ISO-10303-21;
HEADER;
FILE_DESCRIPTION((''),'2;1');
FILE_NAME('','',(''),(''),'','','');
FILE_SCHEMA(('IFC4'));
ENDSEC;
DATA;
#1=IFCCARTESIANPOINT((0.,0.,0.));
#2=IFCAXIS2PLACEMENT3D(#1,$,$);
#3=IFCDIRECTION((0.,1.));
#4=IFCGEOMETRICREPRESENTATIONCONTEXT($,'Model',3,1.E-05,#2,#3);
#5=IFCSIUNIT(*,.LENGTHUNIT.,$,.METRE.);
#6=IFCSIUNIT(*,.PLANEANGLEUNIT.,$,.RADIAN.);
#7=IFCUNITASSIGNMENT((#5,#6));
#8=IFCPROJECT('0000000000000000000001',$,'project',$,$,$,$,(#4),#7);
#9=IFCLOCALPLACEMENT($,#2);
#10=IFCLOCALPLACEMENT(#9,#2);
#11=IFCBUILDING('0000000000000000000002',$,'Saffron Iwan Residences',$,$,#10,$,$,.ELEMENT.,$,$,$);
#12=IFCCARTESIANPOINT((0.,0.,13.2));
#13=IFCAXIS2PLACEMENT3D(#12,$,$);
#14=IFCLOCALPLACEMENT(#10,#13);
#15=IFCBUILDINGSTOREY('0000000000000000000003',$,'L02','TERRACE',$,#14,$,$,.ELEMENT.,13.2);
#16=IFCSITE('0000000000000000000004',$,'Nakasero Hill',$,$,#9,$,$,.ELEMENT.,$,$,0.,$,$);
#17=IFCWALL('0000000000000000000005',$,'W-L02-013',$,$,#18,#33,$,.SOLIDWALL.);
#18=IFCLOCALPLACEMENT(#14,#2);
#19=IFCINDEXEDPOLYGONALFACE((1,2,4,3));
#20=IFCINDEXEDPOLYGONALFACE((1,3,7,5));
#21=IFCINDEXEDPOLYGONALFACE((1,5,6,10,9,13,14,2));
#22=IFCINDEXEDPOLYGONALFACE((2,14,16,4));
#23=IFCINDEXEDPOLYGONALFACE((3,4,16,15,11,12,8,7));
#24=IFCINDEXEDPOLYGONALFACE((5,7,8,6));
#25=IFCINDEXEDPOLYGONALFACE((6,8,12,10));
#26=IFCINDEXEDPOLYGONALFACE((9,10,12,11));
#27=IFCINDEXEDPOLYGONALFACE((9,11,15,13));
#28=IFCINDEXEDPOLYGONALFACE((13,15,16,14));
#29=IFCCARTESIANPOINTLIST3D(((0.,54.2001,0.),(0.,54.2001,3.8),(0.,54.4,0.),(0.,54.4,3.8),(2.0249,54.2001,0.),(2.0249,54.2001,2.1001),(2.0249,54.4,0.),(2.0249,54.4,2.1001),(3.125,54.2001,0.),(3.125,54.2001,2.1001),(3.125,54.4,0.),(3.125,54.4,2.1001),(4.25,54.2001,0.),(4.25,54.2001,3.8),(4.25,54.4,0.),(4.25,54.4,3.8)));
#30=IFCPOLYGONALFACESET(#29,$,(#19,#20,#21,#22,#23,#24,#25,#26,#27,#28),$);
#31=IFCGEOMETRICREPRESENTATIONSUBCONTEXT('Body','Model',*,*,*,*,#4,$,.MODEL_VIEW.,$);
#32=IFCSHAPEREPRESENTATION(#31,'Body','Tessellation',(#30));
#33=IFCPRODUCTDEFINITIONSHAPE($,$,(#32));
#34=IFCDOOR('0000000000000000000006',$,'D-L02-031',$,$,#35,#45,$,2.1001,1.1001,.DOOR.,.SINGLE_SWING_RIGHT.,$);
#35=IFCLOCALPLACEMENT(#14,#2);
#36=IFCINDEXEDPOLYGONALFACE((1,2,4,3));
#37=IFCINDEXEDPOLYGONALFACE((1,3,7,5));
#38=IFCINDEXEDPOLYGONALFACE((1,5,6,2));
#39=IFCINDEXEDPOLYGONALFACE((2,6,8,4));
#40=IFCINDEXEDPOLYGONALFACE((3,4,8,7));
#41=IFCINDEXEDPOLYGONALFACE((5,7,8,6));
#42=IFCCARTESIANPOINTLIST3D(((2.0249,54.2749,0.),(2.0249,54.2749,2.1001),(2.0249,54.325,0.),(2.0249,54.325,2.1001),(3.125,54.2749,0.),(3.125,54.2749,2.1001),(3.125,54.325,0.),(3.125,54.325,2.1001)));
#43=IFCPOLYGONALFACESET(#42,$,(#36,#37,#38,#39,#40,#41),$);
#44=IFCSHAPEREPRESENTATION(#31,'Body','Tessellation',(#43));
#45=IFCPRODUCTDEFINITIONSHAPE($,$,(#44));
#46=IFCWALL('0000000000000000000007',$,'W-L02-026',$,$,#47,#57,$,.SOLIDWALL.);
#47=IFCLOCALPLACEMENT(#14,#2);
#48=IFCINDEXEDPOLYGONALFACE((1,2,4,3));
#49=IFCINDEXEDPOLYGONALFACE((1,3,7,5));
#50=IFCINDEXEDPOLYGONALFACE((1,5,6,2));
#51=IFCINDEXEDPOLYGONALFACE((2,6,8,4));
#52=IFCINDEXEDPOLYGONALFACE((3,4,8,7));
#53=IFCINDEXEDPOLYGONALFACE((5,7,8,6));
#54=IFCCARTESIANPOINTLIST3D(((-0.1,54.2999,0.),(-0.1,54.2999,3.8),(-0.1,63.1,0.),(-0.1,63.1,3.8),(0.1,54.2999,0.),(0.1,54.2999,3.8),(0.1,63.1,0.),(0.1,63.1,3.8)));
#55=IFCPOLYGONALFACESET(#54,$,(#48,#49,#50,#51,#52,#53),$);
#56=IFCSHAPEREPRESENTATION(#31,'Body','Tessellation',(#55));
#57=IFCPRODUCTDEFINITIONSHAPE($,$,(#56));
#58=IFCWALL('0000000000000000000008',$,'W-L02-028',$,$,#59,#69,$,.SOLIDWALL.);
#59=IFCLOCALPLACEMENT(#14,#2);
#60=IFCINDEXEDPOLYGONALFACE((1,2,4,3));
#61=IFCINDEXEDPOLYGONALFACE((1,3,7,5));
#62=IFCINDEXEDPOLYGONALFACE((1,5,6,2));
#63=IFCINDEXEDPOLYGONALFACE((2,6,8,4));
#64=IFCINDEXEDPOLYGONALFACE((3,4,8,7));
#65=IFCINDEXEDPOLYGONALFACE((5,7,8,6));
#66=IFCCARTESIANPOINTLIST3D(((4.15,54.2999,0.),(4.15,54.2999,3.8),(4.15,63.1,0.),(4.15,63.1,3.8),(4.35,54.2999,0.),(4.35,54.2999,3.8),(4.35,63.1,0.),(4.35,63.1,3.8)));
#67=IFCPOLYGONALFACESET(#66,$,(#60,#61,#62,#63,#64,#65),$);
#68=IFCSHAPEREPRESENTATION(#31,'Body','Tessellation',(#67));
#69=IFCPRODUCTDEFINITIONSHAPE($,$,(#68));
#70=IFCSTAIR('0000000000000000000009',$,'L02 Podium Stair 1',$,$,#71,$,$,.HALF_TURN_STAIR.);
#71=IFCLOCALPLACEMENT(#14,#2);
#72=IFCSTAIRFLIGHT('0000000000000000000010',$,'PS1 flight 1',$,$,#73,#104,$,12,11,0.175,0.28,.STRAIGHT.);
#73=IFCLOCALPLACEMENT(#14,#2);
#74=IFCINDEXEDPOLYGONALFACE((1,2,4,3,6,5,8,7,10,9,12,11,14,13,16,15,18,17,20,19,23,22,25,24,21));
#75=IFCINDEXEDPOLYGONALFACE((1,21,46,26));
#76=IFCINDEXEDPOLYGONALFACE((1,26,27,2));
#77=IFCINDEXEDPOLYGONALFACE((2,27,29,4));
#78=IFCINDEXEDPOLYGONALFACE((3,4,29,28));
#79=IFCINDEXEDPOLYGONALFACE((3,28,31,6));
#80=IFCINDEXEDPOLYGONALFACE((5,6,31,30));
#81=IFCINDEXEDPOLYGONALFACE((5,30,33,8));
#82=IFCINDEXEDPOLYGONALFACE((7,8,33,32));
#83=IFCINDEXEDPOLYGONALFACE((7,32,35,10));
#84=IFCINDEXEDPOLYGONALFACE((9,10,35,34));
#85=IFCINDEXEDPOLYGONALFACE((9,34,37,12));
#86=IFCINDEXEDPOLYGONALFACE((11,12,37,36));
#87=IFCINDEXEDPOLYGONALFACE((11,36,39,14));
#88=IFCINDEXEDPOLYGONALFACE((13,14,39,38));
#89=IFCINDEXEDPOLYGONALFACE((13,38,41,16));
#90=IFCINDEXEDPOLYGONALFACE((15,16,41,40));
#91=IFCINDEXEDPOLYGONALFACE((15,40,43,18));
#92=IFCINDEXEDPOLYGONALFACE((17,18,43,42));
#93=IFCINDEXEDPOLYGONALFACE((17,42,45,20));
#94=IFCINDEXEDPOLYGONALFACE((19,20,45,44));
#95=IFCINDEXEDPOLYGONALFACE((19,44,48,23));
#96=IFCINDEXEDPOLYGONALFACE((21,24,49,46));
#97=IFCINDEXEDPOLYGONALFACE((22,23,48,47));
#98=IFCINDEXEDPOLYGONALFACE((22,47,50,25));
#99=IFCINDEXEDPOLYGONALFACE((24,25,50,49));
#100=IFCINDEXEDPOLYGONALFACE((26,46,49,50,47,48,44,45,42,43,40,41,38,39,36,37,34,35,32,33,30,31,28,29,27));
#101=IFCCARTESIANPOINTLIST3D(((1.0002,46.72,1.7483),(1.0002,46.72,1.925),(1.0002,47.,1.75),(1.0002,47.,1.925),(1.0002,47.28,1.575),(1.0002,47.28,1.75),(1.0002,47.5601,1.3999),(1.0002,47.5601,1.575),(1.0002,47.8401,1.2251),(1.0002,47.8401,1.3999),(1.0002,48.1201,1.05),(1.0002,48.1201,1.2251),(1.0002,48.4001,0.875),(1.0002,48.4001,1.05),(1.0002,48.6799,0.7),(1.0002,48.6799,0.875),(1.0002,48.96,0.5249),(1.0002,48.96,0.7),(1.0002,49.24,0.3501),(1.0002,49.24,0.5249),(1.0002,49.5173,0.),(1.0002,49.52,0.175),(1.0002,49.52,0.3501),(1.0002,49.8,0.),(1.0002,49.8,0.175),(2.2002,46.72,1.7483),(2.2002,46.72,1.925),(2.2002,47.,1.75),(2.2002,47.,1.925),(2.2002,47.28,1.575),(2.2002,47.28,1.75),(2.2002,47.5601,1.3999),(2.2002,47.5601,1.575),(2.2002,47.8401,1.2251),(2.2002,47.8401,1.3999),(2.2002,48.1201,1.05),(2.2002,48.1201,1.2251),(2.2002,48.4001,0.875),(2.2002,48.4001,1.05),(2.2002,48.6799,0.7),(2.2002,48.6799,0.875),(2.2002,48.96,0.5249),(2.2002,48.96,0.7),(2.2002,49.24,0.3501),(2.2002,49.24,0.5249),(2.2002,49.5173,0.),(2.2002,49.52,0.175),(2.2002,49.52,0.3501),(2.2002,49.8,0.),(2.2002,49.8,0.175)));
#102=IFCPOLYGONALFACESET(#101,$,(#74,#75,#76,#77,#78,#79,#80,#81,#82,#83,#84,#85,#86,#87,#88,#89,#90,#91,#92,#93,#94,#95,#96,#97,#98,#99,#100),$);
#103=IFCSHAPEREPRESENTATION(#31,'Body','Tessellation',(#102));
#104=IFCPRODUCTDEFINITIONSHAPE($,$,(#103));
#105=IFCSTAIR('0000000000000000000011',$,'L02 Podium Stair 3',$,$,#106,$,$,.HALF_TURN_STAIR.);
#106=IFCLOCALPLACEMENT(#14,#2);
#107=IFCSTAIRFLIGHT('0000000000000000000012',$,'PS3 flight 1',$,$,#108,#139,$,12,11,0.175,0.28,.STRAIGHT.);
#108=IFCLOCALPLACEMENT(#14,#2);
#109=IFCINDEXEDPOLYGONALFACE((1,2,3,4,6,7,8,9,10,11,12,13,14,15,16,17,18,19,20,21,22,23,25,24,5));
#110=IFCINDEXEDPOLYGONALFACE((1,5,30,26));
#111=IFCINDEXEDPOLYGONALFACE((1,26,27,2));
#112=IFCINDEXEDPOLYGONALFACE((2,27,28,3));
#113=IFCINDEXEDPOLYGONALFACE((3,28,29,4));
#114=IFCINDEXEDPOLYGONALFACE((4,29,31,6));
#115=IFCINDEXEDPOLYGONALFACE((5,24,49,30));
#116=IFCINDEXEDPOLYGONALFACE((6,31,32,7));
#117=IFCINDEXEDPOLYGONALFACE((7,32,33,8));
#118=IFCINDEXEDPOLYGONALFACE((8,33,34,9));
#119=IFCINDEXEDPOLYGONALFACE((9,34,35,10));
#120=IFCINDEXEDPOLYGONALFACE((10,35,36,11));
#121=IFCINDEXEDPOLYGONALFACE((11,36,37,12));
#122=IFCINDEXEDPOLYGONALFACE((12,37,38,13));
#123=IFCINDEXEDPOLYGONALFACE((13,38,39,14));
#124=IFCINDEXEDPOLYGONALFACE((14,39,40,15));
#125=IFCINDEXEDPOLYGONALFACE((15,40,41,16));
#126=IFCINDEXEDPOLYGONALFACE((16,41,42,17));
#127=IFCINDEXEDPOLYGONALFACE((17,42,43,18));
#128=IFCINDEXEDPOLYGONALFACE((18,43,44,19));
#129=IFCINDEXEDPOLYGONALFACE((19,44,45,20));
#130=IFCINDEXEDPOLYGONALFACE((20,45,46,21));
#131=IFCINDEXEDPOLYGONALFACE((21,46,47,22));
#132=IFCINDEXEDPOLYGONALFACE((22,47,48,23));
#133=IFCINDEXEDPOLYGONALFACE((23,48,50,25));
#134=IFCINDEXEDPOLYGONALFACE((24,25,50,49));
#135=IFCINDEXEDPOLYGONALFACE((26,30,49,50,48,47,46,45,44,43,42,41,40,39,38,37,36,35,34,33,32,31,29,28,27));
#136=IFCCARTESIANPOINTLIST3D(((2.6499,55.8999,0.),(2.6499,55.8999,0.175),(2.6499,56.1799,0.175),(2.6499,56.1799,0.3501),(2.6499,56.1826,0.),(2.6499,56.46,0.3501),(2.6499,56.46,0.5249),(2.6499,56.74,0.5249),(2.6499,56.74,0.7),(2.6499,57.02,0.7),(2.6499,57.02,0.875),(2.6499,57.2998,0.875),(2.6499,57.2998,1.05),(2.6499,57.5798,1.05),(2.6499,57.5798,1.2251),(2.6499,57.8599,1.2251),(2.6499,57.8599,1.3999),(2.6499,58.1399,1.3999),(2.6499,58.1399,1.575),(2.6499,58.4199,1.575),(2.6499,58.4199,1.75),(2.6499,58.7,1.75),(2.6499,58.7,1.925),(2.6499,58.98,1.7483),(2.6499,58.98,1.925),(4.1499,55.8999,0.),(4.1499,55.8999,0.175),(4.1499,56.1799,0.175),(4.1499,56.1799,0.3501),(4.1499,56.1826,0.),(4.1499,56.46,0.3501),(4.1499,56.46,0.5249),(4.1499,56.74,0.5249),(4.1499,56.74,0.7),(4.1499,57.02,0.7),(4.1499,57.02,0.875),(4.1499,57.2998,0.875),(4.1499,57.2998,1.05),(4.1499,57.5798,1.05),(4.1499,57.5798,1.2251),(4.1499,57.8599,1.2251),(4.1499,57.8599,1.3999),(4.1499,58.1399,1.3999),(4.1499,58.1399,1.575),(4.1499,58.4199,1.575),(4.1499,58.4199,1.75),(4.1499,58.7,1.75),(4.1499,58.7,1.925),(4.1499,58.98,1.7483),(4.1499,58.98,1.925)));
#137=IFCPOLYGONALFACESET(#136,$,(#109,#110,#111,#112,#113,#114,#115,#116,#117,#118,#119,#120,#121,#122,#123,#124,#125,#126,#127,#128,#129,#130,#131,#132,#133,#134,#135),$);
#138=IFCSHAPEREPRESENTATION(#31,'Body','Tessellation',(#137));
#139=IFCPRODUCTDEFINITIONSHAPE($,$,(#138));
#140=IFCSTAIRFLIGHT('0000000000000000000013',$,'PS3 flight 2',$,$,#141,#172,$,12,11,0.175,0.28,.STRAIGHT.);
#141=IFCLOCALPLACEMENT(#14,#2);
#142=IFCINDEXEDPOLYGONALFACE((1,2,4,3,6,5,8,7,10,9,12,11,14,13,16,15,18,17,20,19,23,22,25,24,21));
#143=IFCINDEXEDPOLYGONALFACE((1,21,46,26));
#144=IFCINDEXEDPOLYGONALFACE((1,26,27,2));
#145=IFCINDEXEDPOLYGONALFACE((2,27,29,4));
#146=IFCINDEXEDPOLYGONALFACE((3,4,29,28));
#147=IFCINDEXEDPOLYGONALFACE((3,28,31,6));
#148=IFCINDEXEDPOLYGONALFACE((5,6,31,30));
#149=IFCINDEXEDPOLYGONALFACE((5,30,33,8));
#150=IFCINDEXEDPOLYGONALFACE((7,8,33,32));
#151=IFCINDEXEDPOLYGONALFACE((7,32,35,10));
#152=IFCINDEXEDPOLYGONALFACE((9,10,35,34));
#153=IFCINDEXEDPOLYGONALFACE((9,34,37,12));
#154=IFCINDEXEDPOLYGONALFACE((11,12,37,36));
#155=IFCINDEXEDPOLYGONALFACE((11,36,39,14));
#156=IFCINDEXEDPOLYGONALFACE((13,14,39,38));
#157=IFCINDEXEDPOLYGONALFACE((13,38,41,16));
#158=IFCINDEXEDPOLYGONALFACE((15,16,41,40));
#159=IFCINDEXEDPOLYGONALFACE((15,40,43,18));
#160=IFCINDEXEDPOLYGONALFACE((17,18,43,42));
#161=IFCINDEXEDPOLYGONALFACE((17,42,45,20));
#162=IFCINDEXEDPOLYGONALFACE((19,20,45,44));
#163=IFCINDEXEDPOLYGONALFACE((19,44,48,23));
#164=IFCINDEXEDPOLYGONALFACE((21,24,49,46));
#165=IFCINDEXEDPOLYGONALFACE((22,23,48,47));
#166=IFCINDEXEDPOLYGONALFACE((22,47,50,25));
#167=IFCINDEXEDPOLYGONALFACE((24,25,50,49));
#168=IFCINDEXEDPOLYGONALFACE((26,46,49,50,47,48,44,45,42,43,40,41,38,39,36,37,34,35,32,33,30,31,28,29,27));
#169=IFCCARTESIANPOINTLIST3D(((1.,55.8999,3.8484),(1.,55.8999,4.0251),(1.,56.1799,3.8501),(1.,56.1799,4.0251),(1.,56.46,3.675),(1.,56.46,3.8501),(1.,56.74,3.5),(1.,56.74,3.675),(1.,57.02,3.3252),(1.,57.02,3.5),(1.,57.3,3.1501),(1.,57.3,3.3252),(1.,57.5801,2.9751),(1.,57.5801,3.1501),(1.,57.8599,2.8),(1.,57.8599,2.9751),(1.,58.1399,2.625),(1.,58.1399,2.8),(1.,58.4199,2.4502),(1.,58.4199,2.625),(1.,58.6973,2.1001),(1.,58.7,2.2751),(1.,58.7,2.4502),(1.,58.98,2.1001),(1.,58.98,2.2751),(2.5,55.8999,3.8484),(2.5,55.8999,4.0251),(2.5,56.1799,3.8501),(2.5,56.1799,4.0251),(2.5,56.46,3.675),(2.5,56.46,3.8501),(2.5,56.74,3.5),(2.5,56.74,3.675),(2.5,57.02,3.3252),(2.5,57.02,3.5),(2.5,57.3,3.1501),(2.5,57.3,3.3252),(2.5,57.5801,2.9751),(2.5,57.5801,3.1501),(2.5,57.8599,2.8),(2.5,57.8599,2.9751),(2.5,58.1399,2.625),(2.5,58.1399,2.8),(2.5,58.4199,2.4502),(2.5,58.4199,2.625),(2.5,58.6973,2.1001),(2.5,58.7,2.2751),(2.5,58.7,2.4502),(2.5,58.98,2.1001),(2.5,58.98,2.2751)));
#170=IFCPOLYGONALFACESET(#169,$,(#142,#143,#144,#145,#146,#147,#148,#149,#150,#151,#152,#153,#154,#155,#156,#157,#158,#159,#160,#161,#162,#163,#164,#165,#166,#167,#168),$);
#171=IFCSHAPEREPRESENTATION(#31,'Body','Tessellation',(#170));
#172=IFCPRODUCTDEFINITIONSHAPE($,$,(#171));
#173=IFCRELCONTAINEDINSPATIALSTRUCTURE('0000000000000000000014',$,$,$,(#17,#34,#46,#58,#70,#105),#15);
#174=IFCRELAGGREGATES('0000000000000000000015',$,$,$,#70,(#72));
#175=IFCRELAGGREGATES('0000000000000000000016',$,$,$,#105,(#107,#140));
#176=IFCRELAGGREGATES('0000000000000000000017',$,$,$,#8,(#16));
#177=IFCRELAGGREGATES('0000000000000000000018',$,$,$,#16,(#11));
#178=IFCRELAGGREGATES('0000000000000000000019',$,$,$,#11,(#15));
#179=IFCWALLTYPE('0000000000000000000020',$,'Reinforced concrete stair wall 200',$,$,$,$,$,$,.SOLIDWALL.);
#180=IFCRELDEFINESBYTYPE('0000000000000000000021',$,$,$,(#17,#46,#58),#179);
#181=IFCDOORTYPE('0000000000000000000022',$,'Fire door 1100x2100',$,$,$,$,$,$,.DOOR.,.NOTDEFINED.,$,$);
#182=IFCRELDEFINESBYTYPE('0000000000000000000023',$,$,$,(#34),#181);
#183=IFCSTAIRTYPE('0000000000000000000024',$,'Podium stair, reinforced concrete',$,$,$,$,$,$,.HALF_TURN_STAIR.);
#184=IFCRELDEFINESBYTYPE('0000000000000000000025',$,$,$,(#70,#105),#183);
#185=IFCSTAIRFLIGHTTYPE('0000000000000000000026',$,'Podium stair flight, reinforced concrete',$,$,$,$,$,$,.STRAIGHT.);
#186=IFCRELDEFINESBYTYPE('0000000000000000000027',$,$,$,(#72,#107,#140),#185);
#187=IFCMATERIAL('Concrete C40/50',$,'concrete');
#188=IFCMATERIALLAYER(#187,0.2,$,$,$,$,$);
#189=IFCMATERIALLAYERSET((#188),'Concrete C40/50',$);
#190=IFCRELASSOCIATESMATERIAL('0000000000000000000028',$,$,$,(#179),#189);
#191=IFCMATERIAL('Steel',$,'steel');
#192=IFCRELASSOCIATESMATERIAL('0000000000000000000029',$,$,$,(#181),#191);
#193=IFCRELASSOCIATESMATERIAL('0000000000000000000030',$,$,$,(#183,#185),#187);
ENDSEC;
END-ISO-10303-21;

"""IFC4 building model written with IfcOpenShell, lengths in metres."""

from ifc_helpers import new_model, si_unit, direction, frame, frame_2d, origin, place, context, subcontext, project, spatial, polyline, rectangle, outline, extrude, material, layer, layer_set, type_object, element, fill, aggregate, save


model = new_model("IFC4")

# Units and contexts
model_context = context("Model", 3, precision=1e-05, world=origin(), true_north=direction((0.0, 1.0)))
body_context = subcontext(model_context, "Body", "Model", "MODEL_VIEW")
ifc_project = project(units=[si_unit("LENGTHUNIT", "METRE"), si_unit("PLANEANGLEUNIT", "RADIAN")], contexts=[model_context])

# Site, building, storey
site_placement = place(None, origin())
site = spatial("IfcSite", under=ifc_project, at=site_placement, Name="Nakasero Hill", CompositionType="ELEMENT", RefElevation=0.0)
building_placement = place(site_placement, origin())
building = spatial("IfcBuilding", under=site, at=building_placement, Name="Saffron Iwan Residences", CompositionType="ELEMENT")
storey_placement = place(building_placement, frame((0.0, 0.0, 13.2)))
storey = spatial("IfcBuildingStorey", under=building, at=storey_placement, Name="L02", Description="TERRACE", CompositionType="ELEMENT", Elevation=13.2)

# Wall, opening, door
ifc_material_1 = material(Name="Concrete C40/50", Category="concrete")
ifc_layer_1 = layer(ifc_material_1, 0.2)
ifc_layer_set_1 = layer_set([ifc_layer_1], Name="Concrete C40/50")
wall_type_1 = type_object("IfcWallType", Name="Reinforced concrete stair wall 200", PredefinedType="SOLIDWALL", material=ifc_layer_set_1)
ifc_material_2 = material(Name="Steel", Category="steel")
door_type_1 = type_object("IfcDoorType", Name="Fire door 1100x2100", OperationType="NOTDEFINED", PredefinedType="DOOR", material=ifc_material_2)
wall_1_placement = place(storey_placement, frame((0.0, 54.3, 0.0), z_axis=(0.0, 0.0, 1.0), x_axis=(1.0, 0.0, 0.0)))
wall_1 = element("IfcWall", 1, at=wall_1_placement, inside=storey, type_object=wall_type_1, Name="W-L02-013", PredefinedType="SOLIDWALL", context=body_context, shape_type="SweptSolid", body=[
    extrude(rectangle(XDim=4.25, YDim=0.2, at=frame_2d((2.125, 0.0))), origin(), (0.0, 0.0, 1.0), 3.8),
])
opening_1_placement = place(wall_1_placement, frame((2.0249, 0.0, 0.0)))
opening_1 = element("IfcOpeningElement", 2, at=opening_1_placement, cuts=wall_1, PredefinedType="OPENING", context=body_context, shape_type="SweptSolid", body=[
    extrude(rectangle(XDim=1.1001, YDim=2.1001, at=frame_2d((0.55, 1.05))), frame((0.0, 0.1099, 0.0), z_axis=(0.0, -1.0, 0.0), x_axis=(1.0, 0.0, 0.0)), (0.0, 0.0, 1.0), 0.22),
])
door_1_placement = place(opening_1_placement, origin())
door_1 = element("IfcDoor", 3, at=door_1_placement, inside=storey, type_object=door_type_1, Name="D-L02-031", OperationType="SINGLE_SWING_RIGHT", OverallHeight=2.1001, OverallWidth=1.1001, PredefinedType="DOOR", context=body_context, shape_type="SweptSolid", body=[
    extrude(rectangle(XDim=1.1001, YDim=2.1001, at=frame_2d((0.55, 1.05))), frame((0.0, 0.0249, 0.0), z_axis=(0.0, -1.0, 0.0), x_axis=(1.0, 0.0, 0.0)), (0.0, 0.0, 1.0), 0.05),
])
fill(opening_1, door_1)

# Walls
for number, where, z_axis, x_axis, name in (
    (4, (0.0, 54.3, 0.0), (0.0, 0.0, 1.0), (0.0, 1.0, 0.0), "W-L02-026"),
    (5, (4.25, 54.3, 0.0), (0.0, 0.0, 1.0), (0.0, 1.0, 0.0), "W-L02-028"),
):
    element("IfcWall", number, at=place(storey_placement, frame(where, z_axis=z_axis, x_axis=x_axis)), inside=storey, type_object=wall_type_1, Name=name, PredefinedType="SOLIDWALL", context=body_context, shape_type="SweptSolid", body=[
        extrude(rectangle(XDim=8.8, YDim=0.2, at=frame_2d((4.3999, 0.0))), origin(), (0.0, 0.0, 1.0), 3.8),
    ])

# Stair, stair flight
stair_type = type_object("IfcStairType", Name="Podium stair, reinforced concrete", PredefinedType="HALF_TURN_STAIR", material=ifc_material_1)
stair_1_placement = place(storey_placement, origin())
stair_1 = element("IfcStair", 6, at=stair_1_placement, inside=storey, type_object=stair_type, Name="L02 Podium Stair 1", PredefinedType="HALF_TURN_STAIR")
stair_flight_type = type_object("IfcStairFlightType", Name="Podium stair flight, reinforced concrete", PredefinedType="STRAIGHT", material=ifc_material_1)
stair_flight_1_placement = place(storey_placement, frame((1.6001, 49.8, 0.0), z_axis=(0.0, 0.0, 1.0), x_axis=(0.0, -1.0, 0.0)))
stair_flight_1 = element("IfcStairFlight", 7, at=stair_flight_1_placement, type_object=stair_flight_type, Name="PS1 flight 1", NumberOfRisers=12, NumberOfTreads=11, PredefinedType="STRAIGHT", RiserHeight=0.175, TreadLength=0.28, context=body_context, shape_type="SweptSolid", body=[
    extrude(outline(polyline([(0.0, 0.0), (0.0, 0.175), (0.28, 0.175), (0.28, 0.3501), (0.5601, 0.3501), (0.5601, 0.5249), (0.8401, 0.5249), (0.8401, 0.7), (1.1201, 0.7), (1.1201, 0.875), (1.3999, 0.875), (1.3999, 1.05), (1.6799, 1.05), (1.6799, 1.2251), (1.96, 1.2251), (1.96, 1.3999), (2.24, 1.3999), (2.24, 1.575), (2.52, 1.575), (2.52, 1.75), (2.8, 1.75), (2.8, 1.925), (3.0801, 1.925), (3.0801, 2.1001), (3.0801, 1.7483), (0.2827, 0.0), (0.0, 0.0)])), frame((0.0, 0.6001, 0.0), z_axis=(0.0, -1.0, 0.0), x_axis=(1.0, 0.0, 0.0)), (0.0, 0.0, 1.0), 1.2),
])
aggregate(stair_1, [stair_flight_1])

# Stair, stair flights
stair_2_placement = place(storey_placement, origin())
stair_2 = element("IfcStair", 8, at=stair_2_placement, inside=storey, type_object=stair_type, Name="L02 Podium Stair 3", PredefinedType="HALF_TURN_STAIR")
stair_flight_2_placement = place(storey_placement, frame((3.3999, 55.8999, 0.0), z_axis=(0.0, 0.0, 1.0), x_axis=(0.0, 1.0, 0.0)))
stair_flight_2 = element("IfcStairFlight", 9, at=stair_flight_2_placement, type_object=stair_flight_type, Name="PS3 flight 1", NumberOfRisers=12, NumberOfTreads=11, PredefinedType="STRAIGHT", RiserHeight=0.175, TreadLength=0.28, context=body_context, shape_type="SweptSolid", body=[
    extrude(outline(polyline([(0.0, 0.0), (0.0, 0.175), (0.28, 0.175), (0.28, 0.3501), (0.5601, 0.3501), (0.5601, 0.5249), (0.8401, 0.5249), (0.8401, 0.7), (1.1201, 0.7), (1.1201, 0.875), (1.3999, 0.875), (1.3999, 1.05), (1.6799, 1.05), (1.6799, 1.2251), (1.96, 1.2251), (1.96, 1.3999), (2.24, 1.3999), (2.24, 1.575), (2.52, 1.575), (2.52, 1.75), (2.8, 1.75), (2.8, 1.925), (3.0801, 1.925), (3.0801, 2.1001), (3.0801, 1.7483), (0.2827, 0.0), (0.0, 0.0)])), frame((0.0, 0.75, 0.0), z_axis=(0.0, -1.0, 0.0), x_axis=(1.0, 0.0, 0.0)), (0.0, 0.0, 1.0), 1.5),
])
stair_flight_3_placement = place(storey_placement, frame((1.75, 58.98, 2.1001), z_axis=(0.0, 0.0, 1.0), x_axis=(0.0, -1.0, 0.0)))
stair_flight_3 = element("IfcStairFlight", 10, at=stair_flight_3_placement, type_object=stair_flight_type, Name="PS3 flight 2", NumberOfRisers=12, NumberOfTreads=11, PredefinedType="STRAIGHT", RiserHeight=0.175, TreadLength=0.28, context=body_context, shape_type="SweptSolid", body=[
    extrude(outline(polyline([(0.0, 0.0), (0.0, 0.175), (0.28, 0.175), (0.28, 0.3501), (0.5601, 0.3501), (0.5601, 0.5249), (0.8401, 0.5249), (0.8401, 0.7), (1.1201, 0.7), (1.1201, 0.875), (1.3999, 0.875), (1.3999, 1.05), (1.6799, 1.05), (1.6799, 1.2251), (1.96, 1.2251), (1.96, 1.3999), (2.24, 1.3999), (2.24, 1.575), (2.52, 1.575), (2.52, 1.75), (2.8, 1.75), (2.8, 1.925), (3.0801, 1.925), (3.0801, 2.1001), (3.0801, 1.7483), (0.2827, 0.0), (0.0, 0.0)])), frame((0.0, 0.75, 0.0), z_axis=(0.0, -1.0, 0.0), x_axis=(1.0, 0.0, 0.0)), (0.0, 0.0, 1.0), 1.5),
])
aggregate(stair_2, [stair_flight_2, stair_flight_3])

save(model, "model.ifc")
